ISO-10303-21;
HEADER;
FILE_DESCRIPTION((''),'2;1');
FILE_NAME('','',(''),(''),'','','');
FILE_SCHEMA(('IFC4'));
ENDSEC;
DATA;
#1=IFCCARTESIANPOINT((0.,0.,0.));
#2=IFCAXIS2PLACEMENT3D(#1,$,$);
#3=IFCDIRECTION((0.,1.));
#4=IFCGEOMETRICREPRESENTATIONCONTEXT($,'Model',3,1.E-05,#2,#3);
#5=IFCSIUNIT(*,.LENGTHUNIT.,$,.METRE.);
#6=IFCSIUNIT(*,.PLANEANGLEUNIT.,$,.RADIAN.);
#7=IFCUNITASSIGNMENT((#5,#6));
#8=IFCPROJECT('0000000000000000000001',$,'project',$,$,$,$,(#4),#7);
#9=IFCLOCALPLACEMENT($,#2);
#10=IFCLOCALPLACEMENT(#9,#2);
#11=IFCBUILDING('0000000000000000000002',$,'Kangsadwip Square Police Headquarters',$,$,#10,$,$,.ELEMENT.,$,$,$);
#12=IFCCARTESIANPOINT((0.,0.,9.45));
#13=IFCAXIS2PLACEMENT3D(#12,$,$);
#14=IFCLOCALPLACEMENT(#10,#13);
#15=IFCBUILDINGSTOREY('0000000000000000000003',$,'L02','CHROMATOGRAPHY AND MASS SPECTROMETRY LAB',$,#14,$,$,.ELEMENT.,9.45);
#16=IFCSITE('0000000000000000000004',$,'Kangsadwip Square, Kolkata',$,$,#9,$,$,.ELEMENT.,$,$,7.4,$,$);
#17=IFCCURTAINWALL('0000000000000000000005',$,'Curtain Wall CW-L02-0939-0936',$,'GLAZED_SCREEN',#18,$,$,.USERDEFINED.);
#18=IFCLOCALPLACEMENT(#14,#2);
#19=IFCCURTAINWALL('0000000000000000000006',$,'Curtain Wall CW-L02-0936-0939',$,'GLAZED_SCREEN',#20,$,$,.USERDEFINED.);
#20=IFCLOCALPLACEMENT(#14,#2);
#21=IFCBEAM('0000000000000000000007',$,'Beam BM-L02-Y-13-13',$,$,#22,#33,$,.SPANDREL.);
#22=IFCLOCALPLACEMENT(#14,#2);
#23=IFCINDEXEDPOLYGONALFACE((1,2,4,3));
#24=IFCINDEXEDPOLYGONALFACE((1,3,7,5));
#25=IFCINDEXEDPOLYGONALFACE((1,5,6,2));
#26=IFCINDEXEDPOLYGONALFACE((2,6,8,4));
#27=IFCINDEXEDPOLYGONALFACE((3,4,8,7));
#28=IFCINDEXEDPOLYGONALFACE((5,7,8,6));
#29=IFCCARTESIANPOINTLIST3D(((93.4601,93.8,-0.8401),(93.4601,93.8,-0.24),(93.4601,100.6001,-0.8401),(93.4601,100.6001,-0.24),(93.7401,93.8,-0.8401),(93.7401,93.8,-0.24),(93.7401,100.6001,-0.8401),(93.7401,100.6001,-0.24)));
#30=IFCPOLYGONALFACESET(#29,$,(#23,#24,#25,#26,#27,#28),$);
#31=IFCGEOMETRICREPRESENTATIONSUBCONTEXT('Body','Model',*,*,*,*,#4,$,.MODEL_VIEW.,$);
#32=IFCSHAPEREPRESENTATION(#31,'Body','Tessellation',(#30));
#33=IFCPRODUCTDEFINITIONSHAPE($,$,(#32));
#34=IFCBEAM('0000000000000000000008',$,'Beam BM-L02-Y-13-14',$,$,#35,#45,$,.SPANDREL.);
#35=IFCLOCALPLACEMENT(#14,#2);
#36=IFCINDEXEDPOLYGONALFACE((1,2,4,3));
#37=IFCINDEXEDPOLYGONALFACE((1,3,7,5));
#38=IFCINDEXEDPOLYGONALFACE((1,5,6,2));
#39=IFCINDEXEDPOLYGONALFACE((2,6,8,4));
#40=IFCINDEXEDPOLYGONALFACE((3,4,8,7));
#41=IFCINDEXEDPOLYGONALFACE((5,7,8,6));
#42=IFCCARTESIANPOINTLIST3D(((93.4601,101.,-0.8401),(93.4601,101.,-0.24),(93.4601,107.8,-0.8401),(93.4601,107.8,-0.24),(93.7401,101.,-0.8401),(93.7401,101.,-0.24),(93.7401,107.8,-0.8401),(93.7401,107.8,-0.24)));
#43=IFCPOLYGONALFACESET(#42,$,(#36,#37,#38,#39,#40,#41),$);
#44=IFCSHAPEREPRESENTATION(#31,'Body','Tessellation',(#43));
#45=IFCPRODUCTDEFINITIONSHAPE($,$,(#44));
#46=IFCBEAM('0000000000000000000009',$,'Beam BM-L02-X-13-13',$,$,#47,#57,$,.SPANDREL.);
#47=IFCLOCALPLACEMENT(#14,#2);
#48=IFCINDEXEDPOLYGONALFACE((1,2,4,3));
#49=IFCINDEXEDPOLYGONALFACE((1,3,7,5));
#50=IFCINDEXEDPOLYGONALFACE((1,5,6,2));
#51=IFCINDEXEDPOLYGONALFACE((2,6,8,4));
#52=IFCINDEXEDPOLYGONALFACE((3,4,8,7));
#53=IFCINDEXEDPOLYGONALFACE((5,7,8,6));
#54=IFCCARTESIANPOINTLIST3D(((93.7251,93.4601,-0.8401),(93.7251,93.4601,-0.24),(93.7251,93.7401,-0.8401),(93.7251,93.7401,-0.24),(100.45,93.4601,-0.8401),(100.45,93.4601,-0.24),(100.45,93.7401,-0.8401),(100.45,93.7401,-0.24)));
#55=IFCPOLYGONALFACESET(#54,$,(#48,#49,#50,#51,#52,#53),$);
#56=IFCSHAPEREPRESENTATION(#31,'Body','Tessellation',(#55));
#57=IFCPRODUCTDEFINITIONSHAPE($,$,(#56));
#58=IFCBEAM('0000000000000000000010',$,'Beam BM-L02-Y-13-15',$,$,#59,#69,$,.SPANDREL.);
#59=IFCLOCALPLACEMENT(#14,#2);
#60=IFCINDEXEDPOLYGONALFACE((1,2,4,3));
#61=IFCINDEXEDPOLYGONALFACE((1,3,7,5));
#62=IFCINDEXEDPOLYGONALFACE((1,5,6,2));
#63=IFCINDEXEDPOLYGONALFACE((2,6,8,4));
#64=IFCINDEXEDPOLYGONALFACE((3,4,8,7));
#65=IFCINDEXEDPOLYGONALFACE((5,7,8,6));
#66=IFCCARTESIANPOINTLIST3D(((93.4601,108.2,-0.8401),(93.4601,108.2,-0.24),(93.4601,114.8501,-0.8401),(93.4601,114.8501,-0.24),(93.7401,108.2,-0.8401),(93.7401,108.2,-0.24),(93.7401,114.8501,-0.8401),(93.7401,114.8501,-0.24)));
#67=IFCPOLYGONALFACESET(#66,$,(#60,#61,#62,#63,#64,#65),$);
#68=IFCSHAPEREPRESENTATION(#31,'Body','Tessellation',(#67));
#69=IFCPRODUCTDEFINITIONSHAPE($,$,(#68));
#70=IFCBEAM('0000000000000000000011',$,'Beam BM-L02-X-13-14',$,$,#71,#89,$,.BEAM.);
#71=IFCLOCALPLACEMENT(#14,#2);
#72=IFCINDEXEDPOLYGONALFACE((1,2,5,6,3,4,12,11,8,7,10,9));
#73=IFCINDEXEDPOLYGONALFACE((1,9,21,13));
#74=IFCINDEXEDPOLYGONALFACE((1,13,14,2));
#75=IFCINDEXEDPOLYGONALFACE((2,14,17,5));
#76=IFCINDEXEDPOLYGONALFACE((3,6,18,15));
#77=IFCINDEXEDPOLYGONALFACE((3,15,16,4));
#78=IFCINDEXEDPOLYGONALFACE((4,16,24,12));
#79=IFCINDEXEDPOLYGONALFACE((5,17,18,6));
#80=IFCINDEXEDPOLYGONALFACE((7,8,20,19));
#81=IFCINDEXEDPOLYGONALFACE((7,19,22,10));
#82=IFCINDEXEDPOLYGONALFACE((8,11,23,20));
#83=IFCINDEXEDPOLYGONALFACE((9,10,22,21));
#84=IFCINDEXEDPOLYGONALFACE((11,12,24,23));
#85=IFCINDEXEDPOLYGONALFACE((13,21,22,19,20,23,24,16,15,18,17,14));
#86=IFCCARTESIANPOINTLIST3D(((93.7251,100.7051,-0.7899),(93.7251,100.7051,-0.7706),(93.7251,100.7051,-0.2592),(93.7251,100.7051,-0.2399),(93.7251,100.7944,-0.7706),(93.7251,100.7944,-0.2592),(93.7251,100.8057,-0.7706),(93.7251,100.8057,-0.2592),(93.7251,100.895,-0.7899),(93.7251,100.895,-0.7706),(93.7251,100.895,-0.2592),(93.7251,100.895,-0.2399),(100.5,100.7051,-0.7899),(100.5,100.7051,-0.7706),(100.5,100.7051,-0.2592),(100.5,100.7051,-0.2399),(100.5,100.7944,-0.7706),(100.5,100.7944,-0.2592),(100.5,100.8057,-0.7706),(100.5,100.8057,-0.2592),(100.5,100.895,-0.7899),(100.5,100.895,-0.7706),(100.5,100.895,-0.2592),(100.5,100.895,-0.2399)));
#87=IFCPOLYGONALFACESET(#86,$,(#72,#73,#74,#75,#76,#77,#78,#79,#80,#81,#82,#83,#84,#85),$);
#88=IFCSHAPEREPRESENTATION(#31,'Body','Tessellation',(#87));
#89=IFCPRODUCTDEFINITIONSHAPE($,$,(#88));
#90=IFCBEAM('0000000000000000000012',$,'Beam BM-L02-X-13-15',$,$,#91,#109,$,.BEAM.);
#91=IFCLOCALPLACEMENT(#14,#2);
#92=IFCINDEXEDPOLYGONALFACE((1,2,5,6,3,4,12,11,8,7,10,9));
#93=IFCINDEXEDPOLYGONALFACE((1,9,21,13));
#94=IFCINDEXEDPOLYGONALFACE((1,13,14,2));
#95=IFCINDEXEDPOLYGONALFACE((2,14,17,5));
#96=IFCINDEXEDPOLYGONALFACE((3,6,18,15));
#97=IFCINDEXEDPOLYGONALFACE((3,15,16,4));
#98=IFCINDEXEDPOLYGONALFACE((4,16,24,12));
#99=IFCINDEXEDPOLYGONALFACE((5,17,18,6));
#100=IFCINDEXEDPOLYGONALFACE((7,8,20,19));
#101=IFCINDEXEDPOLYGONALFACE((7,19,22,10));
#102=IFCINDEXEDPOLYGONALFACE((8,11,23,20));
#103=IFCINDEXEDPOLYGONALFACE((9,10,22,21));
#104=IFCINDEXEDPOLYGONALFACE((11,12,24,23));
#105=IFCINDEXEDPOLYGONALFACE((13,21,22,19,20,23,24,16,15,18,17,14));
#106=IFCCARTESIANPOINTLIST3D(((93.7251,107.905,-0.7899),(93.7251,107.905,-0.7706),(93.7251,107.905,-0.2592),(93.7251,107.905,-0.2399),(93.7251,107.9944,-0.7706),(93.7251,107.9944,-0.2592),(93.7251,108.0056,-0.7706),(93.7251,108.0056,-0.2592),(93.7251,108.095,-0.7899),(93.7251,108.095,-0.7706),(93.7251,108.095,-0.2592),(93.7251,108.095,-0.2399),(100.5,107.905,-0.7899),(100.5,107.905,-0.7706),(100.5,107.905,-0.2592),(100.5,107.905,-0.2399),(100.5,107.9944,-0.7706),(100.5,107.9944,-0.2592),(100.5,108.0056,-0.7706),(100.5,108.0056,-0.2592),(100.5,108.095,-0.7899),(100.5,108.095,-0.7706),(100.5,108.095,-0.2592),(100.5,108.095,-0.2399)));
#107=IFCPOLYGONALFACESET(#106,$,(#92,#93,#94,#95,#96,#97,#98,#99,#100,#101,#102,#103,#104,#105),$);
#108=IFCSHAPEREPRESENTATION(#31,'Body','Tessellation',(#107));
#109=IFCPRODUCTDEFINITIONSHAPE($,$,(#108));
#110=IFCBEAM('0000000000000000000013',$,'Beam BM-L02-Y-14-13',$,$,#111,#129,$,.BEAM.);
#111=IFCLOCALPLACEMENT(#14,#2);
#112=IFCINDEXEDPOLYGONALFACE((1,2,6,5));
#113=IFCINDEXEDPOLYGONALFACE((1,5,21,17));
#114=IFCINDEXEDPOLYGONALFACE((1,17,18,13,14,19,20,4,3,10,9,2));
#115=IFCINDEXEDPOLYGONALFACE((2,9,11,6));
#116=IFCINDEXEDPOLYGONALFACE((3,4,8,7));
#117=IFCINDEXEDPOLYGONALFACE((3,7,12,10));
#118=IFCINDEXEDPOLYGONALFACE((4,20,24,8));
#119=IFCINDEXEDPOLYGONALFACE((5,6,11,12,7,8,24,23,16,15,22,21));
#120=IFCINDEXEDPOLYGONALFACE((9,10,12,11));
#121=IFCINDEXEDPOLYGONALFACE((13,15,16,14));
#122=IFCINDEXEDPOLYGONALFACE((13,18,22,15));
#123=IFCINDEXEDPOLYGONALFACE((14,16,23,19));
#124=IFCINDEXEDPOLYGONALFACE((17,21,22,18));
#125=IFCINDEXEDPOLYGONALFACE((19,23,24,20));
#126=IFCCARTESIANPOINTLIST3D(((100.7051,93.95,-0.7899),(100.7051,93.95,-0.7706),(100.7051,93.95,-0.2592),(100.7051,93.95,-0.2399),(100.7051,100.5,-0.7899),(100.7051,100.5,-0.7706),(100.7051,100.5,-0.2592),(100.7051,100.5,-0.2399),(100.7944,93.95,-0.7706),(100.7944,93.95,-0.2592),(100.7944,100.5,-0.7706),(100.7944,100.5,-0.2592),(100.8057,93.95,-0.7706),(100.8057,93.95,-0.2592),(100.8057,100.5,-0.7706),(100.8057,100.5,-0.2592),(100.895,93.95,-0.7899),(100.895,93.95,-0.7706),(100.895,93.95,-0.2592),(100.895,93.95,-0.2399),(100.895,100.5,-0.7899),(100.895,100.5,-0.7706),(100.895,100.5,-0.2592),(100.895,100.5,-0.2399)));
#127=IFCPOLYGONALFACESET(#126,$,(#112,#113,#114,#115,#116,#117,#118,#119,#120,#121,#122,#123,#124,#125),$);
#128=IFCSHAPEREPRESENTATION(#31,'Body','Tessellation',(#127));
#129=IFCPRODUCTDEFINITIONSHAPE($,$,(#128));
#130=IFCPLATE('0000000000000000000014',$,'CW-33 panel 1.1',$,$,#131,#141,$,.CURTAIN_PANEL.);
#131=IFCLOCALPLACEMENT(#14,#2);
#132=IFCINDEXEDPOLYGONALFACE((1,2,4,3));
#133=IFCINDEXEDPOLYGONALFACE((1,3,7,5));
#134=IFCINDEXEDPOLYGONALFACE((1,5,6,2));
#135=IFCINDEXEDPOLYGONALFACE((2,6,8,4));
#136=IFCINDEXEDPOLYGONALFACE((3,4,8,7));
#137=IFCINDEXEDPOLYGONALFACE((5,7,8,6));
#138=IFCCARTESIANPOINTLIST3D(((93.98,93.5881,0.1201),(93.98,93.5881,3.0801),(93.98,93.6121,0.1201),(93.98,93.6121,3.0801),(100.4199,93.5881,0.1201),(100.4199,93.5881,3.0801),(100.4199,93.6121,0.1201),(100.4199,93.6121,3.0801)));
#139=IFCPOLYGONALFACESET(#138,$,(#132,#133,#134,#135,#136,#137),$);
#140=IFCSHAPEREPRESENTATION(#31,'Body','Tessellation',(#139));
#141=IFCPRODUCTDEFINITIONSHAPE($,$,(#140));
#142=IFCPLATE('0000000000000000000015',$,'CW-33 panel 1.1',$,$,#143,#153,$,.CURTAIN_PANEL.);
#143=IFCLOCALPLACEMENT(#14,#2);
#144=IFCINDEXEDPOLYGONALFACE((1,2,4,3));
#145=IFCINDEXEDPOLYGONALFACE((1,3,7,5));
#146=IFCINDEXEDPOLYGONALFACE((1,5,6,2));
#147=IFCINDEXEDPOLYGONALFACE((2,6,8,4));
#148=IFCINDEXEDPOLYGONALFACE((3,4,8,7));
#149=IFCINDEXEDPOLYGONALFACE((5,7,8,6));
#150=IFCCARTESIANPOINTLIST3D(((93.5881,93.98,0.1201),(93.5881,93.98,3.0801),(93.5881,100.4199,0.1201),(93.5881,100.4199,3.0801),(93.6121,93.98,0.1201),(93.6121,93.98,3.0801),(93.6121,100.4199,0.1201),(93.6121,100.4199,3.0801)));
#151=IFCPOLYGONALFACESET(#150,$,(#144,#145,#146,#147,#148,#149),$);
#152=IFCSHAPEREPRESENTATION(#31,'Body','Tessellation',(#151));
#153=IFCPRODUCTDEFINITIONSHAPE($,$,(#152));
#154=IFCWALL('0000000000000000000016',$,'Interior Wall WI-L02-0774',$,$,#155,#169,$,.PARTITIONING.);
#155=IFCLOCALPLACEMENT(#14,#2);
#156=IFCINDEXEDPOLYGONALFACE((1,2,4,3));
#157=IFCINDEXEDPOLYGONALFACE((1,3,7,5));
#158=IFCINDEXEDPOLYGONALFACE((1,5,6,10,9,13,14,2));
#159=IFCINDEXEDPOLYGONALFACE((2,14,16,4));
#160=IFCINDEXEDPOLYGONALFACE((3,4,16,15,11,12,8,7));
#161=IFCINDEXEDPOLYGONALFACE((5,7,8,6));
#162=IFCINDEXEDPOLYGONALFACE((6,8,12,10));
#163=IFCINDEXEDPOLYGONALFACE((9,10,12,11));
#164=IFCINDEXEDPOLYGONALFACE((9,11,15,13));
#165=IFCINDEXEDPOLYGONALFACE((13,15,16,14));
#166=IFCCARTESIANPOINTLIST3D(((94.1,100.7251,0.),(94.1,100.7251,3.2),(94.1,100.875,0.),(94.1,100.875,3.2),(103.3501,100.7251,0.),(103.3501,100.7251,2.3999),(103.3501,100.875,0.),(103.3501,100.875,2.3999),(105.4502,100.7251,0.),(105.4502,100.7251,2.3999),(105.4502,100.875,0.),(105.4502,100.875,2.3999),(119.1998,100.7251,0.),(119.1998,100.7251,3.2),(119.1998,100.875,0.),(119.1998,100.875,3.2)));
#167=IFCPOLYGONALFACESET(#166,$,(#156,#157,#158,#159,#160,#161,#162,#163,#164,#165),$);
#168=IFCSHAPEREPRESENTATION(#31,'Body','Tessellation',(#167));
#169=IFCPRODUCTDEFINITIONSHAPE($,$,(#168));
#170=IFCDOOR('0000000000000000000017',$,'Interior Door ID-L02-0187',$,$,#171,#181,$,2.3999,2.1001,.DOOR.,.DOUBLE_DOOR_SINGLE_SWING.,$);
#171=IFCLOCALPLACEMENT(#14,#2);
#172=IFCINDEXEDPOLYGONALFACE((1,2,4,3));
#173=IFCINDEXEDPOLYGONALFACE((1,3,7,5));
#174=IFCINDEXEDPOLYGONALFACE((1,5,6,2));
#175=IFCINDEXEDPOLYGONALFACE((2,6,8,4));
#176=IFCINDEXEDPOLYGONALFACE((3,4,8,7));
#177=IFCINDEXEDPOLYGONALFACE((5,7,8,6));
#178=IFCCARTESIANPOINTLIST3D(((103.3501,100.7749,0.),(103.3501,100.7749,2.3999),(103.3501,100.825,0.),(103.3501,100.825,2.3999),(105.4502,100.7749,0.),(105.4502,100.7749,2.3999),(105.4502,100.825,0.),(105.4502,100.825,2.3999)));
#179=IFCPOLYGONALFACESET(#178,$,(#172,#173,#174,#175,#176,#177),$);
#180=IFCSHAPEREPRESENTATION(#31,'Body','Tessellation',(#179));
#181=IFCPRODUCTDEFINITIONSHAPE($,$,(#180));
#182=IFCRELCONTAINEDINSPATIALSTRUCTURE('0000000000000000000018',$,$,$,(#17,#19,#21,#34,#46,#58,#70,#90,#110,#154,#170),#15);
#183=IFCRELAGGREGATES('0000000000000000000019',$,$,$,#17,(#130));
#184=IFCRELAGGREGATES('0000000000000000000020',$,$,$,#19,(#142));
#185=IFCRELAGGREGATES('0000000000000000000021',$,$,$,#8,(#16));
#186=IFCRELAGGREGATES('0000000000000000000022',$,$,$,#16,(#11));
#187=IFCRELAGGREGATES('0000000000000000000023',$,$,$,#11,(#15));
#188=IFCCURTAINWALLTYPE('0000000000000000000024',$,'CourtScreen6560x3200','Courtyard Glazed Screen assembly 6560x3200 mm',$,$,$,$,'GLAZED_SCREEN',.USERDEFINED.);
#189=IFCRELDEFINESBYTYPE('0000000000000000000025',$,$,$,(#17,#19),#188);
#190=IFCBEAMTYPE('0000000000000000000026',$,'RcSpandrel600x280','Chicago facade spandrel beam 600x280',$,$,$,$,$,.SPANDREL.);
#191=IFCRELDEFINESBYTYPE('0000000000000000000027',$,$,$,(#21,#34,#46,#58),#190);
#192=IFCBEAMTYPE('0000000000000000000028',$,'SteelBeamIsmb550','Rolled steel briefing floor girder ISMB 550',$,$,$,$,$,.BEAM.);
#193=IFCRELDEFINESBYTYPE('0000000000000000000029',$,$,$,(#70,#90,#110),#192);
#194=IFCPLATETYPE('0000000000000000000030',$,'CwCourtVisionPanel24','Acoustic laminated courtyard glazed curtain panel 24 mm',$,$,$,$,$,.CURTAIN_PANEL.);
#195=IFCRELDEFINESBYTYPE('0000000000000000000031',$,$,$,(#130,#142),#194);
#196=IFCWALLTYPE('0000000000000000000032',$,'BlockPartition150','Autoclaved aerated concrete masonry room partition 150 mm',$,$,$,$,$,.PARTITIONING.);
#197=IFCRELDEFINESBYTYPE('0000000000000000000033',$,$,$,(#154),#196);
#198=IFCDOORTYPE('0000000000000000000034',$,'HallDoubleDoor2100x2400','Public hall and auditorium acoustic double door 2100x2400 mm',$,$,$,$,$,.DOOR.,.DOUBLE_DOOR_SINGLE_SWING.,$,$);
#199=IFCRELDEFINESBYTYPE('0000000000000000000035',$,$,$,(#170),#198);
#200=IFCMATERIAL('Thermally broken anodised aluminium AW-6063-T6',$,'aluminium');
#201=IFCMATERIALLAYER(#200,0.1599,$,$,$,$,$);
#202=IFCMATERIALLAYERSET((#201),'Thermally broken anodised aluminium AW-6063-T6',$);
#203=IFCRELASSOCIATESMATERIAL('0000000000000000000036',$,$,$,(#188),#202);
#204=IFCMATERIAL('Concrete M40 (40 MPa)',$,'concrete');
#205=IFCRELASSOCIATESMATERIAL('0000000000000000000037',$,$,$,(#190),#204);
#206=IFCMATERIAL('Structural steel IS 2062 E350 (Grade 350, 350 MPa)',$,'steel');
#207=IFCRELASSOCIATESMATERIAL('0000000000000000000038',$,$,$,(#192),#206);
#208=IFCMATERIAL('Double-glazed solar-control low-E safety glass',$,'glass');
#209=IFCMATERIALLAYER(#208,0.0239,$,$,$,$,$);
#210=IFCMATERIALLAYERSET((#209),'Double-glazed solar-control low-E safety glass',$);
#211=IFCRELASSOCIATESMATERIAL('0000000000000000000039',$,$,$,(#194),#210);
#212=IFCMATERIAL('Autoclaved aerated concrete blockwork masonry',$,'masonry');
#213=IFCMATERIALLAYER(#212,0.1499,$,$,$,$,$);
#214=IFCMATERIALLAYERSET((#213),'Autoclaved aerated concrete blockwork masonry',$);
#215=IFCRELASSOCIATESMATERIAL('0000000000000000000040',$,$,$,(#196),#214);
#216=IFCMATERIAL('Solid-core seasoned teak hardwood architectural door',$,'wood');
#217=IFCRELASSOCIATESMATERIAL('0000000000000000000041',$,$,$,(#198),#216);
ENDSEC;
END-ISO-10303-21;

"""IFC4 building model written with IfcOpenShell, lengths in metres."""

from ifc_helpers import new_model, si_unit, direction, frame, frame_2d, origin, origin_2d, place, context, subcontext, project, spatial, rectangle, i_section, extrude, material, layer, layer_set, material_profile, profile_set, type_object, element, fill, aggregate, save


model = new_model("IFC4")

# Units and contexts
model_context = context("Model", 3, precision=1e-05, world=origin(), true_north=direction((0.0, 1.0)))
body_context = subcontext(model_context, "Body", "Model", "MODEL_VIEW")
ifc_project = project(units=[si_unit("LENGTHUNIT", "METRE"), si_unit("PLANEANGLEUNIT", "RADIAN")], contexts=[model_context])

# Site, building, storey
site_placement = place(None, origin())
site = spatial("IfcSite", under=ifc_project, at=site_placement, Name="Kangsadwip Square, Kolkata", CompositionType="ELEMENT", RefElevation=7.4)
building_placement = place(site_placement, origin())
building = spatial("IfcBuilding", under=site, at=building_placement, Name="Kangsadwip Square Police Headquarters", CompositionType="ELEMENT")
storey_placement = place(building_placement, frame((0.0, 0.0, 9.45)))
storey = spatial("IfcBuildingStorey", under=building, at=storey_placement, Name="L02", Description="CHROMATOGRAPHY AND MASS SPECTROMETRY LAB", CompositionType="ELEMENT", Elevation=9.45)

# Curtain walls
ifc_material_1 = material(Name="Thermally broken anodised aluminium AW-6063-T6", Category="aluminium")
ifc_layer_1 = layer(ifc_material_1, 0.1599)
ifc_layer_set_1 = layer_set([ifc_layer_1], Name="Thermally broken anodised aluminium AW-6063-T6")
curtain_wall_type = type_object("IfcCurtainWallType", Name="CourtScreen6560x3200", Description="Courtyard Glazed Screen assembly 6560x3200 mm", ElementType="GLAZED_SCREEN", PredefinedType="USERDEFINED", material=ifc_layer_set_1)
curtain_wall_1_placement = place(storey_placement, origin())
curtain_wall_1 = element("IfcCurtainWall", 1, at=curtain_wall_1_placement, inside=storey, type_object=curtain_wall_type, Name="Curtain Wall CW-L02-0939-0936", ObjectType="GLAZED_SCREEN", PredefinedType="USERDEFINED")
curtain_wall_2_placement = place(storey_placement, origin())
curtain_wall_2 = element("IfcCurtainWall", 2, at=curtain_wall_2_placement, inside=storey, type_object=curtain_wall_type, Name="Curtain Wall CW-L02-0936-0939", ObjectType="GLAZED_SCREEN", PredefinedType="USERDEFINED")

# Beams
ifc_material_2 = material(Name="Concrete M40 (40 MPa)", Category="concrete")
ifc_material_profile_1 = material_profile(ifc_material_2, rectangle(XDim=0.28, YDim=0.6001, at=origin_2d()), Name="RC SPN 600X280")
ifc_profile_set_1 = profile_set([ifc_material_profile_1], Name="Concrete M40 (40 MPa)")
beam_type_1 = type_object("IfcBeamType", Name="RcSpandrel600x280", Description="Chicago facade spandrel beam 600x280", PredefinedType="SPANDREL", material=ifc_profile_set_1)
for number, where, z_axis, x_axis, name in (
    (3, (93.6001, 93.8, -0.54), (0.0, 1.0, 0.0), (-1.0, 0.0, 0.0), "Beam BM-L02-Y-13-13"),
    (4, (93.6001, 101.0, -0.54), (0.0, 1.0, 0.0), (-1.0, 0.0, 0.0), "Beam BM-L02-Y-13-14"),
):
    element("IfcBeam", number, at=place(storey_placement, frame(where, z_axis=z_axis, x_axis=x_axis)), inside=storey, type_object=beam_type_1, Name=name, PredefinedType="SPANDREL", context=body_context, shape_type="SweptSolid", body=[
        extrude(rectangle(XDim=0.28, YDim=0.6001, at=origin_2d()), origin(), (0.0, 0.0, 1.0), 6.8),
    ])
beam_1_placement = place(storey_placement, frame((93.7251, 93.6001, -0.54), z_axis=(1.0, 0.0, 0.0), x_axis=(0.0, 1.0, 0.0)))
element("IfcBeam", 5, at=beam_1_placement, inside=storey, type_object=beam_type_1, Name="Beam BM-L02-X-13-13", PredefinedType="SPANDREL", context=body_context, shape_type="SweptSolid", body=[
    extrude(rectangle(XDim=0.28, YDim=0.6001, at=origin_2d()), origin(), (0.0, 0.0, 1.0), 6.7249),
])
beam_2_placement = place(storey_placement, frame((93.6001, 108.2, -0.54), z_axis=(0.0, 1.0, 0.0), x_axis=(-1.0, 0.0, 0.0)))
element("IfcBeam", 6, at=beam_2_placement, inside=storey, type_object=beam_type_1, Name="Beam BM-L02-Y-13-15", PredefinedType="SPANDREL", context=body_context, shape_type="SweptSolid", body=[
    extrude(rectangle(XDim=0.28, YDim=0.6001, at=origin_2d()), origin(), (0.0, 0.0, 1.0), 6.6501),
])
ifc_material_3 = material(Name="Structural steel IS 2062 E350 (Grade 350, 350 MPa)", Category="steel")
ifc_material_profile_2 = material_profile(ifc_material_3, i_section(OverallWidth=0.1899, OverallDepth=0.55, WebThickness=0.0112, FlangeThickness=0.0193, at=origin_2d()), Name="ISMB 550")
ifc_profile_set_2 = profile_set([ifc_material_profile_2], Name="Structural steel IS 2062 E350 (Grade 350, 350 MPa)")
beam_type_2 = type_object("IfcBeamType", Name="SteelBeamIsmb550", Description="Rolled steel briefing floor girder ISMB 550", PredefinedType="BEAM", material=ifc_profile_set_2)
for number, where, z_axis, x_axis, name in (
    (7, (93.7251, 100.8, -0.5149), (1.0, 0.0, 0.0), (0.0, 1.0, 0.0), "Beam BM-L02-X-13-14"),
    (8, (93.7251, 108.0, -0.5149), (1.0, 0.0, 0.0), (0.0, 1.0, 0.0), "Beam BM-L02-X-13-15"),
):
    element("IfcBeam", number, at=place(storey_placement, frame(where, z_axis=z_axis, x_axis=x_axis)), inside=storey, type_object=beam_type_2, Name=name, PredefinedType="BEAM", context=body_context, shape_type="SweptSolid", body=[
        extrude(i_section(OverallWidth=0.1899, OverallDepth=0.55, WebThickness=0.0112, FlangeThickness=0.0193, at=origin_2d()), origin(), (0.0, 0.0, 1.0), 6.7749),
    ])
beam_3_placement = place(storey_placement, frame((100.8, 93.95, -0.5149), z_axis=(0.0, 1.0, 0.0), x_axis=(-1.0, 0.0, 0.0)))
element("IfcBeam", 9, at=beam_3_placement, inside=storey, type_object=beam_type_2, Name="Beam BM-L02-Y-14-13", PredefinedType="BEAM", context=body_context, shape_type="SweptSolid", body=[
    extrude(i_section(OverallWidth=0.1899, OverallDepth=0.55, WebThickness=0.0112, FlangeThickness=0.0193, at=origin_2d()), origin(), (0.0, 0.0, 1.0), 6.55),
])

# Plates
ifc_material_4 = material(Name="Double-glazed solar-control low-E safety glass", Category="glass")
ifc_layer_2 = layer(ifc_material_4, 0.0239)
ifc_layer_set_2 = layer_set([ifc_layer_2], Name="Double-glazed solar-control low-E safety glass")
plate_type = type_object("IfcPlateType", Name="CwCourtVisionPanel24", Description="Acoustic laminated courtyard glazed curtain panel 24 mm", PredefinedType="CURTAIN_PANEL", material=ifc_layer_set_2)
plate_1_placement = place(storey_placement, frame((97.2, 93.6001, 0.1201), z_axis=(0.0, 0.0, 1.0), x_axis=(1.0, 0.0, 0.0)))
plate_1 = element("IfcPlate", 10, at=plate_1_placement, type_object=plate_type, Name="CW-33 panel 1.1", PredefinedType="CURTAIN_PANEL", context=body_context, shape_type="SweptSolid", body=[
    extrude(rectangle(XDim=6.4399, YDim=0.0239, at=origin_2d()), origin(), (0.0, 0.0, 1.0), 2.96),
])
aggregate(curtain_wall_1, [plate_1])
plate_2_placement = place(storey_placement, frame((93.6001, 97.2, 0.1201), z_axis=(0.0, 0.0, 1.0), x_axis=(0.0, 1.0, 0.0)))
plate_2 = element("IfcPlate", 11, at=plate_2_placement, type_object=plate_type, Name="CW-33 panel 1.1", PredefinedType="CURTAIN_PANEL", context=body_context, shape_type="SweptSolid", body=[
    extrude(rectangle(XDim=6.4399, YDim=0.0239, at=origin_2d()), origin(), (0.0, 0.0, 1.0), 2.96),
])
aggregate(curtain_wall_2, [plate_2])

# Wall, opening, door
ifc_material_5 = material(Name="Autoclaved aerated concrete blockwork masonry", Category="masonry")
ifc_layer_3 = layer(ifc_material_5, 0.1499)
ifc_layer_set_3 = layer_set([ifc_layer_3], Name="Autoclaved aerated concrete blockwork masonry")
wall_type_1 = type_object("IfcWallType", Name="BlockPartition150", Description="Autoclaved aerated concrete masonry room partition 150 mm", PredefinedType="PARTITIONING", material=ifc_layer_set_3)
wall_1_placement = place(storey_placement, frame((94.1001, 100.8, 0.0), z_axis=(0.0, 0.0, 1.0), x_axis=(1.0, 0.0, 0.0)))
wall_1 = element("IfcWall", 12, at=wall_1_placement, inside=storey, type_object=wall_type_1, Name="Interior Wall WI-L02-0774", PredefinedType="PARTITIONING", context=body_context, shape_type="SweptSolid", body=[
    extrude(rectangle(XDim=25.0999, YDim=0.1499, at=frame_2d((12.5498, 0.0))), origin(), (0.0, 0.0, 1.0), 3.2),
])
opening_1_placement = place(wall_1_placement, frame((9.25, 0.0, 0.0)))
opening_1 = element("IfcOpeningElement", 13, at=opening_1_placement, cuts=wall_1, PredefinedType="OPENING", context=body_context, shape_type="SweptSolid", body=[
    extrude(rectangle(XDim=2.1001, YDim=2.3999, at=frame_2d((1.05, 1.2))), frame((0.0, 0.085, 0.0), z_axis=(0.0, -1.0, 0.0), x_axis=(1.0, 0.0, 0.0)), (0.0, 0.0, 1.0), 0.1699),
])
ifc_material_6 = material(Name="Solid-core seasoned teak hardwood architectural door", Category="wood")
door_type_1 = type_object("IfcDoorType", Name="HallDoubleDoor2100x2400", Description="Public hall and auditorium acoustic double door 2100x2400 mm", OperationType="DOUBLE_DOOR_SINGLE_SWING", PredefinedType="DOOR", material=ifc_material_6)
door_1_placement = place(opening_1_placement, origin())
door_1 = element("IfcDoor", 14, at=door_1_placement, inside=storey, type_object=door_type_1, Name="Interior Door ID-L02-0187", OperationType="DOUBLE_DOOR_SINGLE_SWING", OverallHeight=2.3999, OverallWidth=2.1001, PredefinedType="DOOR", context=body_context, shape_type="SweptSolid", body=[
    extrude(rectangle(XDim=2.1001, YDim=2.3999, at=frame_2d((1.05, 1.2))), frame((0.0, 0.0249, 0.0), z_axis=(0.0, -1.0, 0.0), x_axis=(1.0, 0.0, 0.0)), (0.0, 0.0, 1.0), 0.05),
])
fill(opening_1, door_1)

save(model, "model.ifc")
